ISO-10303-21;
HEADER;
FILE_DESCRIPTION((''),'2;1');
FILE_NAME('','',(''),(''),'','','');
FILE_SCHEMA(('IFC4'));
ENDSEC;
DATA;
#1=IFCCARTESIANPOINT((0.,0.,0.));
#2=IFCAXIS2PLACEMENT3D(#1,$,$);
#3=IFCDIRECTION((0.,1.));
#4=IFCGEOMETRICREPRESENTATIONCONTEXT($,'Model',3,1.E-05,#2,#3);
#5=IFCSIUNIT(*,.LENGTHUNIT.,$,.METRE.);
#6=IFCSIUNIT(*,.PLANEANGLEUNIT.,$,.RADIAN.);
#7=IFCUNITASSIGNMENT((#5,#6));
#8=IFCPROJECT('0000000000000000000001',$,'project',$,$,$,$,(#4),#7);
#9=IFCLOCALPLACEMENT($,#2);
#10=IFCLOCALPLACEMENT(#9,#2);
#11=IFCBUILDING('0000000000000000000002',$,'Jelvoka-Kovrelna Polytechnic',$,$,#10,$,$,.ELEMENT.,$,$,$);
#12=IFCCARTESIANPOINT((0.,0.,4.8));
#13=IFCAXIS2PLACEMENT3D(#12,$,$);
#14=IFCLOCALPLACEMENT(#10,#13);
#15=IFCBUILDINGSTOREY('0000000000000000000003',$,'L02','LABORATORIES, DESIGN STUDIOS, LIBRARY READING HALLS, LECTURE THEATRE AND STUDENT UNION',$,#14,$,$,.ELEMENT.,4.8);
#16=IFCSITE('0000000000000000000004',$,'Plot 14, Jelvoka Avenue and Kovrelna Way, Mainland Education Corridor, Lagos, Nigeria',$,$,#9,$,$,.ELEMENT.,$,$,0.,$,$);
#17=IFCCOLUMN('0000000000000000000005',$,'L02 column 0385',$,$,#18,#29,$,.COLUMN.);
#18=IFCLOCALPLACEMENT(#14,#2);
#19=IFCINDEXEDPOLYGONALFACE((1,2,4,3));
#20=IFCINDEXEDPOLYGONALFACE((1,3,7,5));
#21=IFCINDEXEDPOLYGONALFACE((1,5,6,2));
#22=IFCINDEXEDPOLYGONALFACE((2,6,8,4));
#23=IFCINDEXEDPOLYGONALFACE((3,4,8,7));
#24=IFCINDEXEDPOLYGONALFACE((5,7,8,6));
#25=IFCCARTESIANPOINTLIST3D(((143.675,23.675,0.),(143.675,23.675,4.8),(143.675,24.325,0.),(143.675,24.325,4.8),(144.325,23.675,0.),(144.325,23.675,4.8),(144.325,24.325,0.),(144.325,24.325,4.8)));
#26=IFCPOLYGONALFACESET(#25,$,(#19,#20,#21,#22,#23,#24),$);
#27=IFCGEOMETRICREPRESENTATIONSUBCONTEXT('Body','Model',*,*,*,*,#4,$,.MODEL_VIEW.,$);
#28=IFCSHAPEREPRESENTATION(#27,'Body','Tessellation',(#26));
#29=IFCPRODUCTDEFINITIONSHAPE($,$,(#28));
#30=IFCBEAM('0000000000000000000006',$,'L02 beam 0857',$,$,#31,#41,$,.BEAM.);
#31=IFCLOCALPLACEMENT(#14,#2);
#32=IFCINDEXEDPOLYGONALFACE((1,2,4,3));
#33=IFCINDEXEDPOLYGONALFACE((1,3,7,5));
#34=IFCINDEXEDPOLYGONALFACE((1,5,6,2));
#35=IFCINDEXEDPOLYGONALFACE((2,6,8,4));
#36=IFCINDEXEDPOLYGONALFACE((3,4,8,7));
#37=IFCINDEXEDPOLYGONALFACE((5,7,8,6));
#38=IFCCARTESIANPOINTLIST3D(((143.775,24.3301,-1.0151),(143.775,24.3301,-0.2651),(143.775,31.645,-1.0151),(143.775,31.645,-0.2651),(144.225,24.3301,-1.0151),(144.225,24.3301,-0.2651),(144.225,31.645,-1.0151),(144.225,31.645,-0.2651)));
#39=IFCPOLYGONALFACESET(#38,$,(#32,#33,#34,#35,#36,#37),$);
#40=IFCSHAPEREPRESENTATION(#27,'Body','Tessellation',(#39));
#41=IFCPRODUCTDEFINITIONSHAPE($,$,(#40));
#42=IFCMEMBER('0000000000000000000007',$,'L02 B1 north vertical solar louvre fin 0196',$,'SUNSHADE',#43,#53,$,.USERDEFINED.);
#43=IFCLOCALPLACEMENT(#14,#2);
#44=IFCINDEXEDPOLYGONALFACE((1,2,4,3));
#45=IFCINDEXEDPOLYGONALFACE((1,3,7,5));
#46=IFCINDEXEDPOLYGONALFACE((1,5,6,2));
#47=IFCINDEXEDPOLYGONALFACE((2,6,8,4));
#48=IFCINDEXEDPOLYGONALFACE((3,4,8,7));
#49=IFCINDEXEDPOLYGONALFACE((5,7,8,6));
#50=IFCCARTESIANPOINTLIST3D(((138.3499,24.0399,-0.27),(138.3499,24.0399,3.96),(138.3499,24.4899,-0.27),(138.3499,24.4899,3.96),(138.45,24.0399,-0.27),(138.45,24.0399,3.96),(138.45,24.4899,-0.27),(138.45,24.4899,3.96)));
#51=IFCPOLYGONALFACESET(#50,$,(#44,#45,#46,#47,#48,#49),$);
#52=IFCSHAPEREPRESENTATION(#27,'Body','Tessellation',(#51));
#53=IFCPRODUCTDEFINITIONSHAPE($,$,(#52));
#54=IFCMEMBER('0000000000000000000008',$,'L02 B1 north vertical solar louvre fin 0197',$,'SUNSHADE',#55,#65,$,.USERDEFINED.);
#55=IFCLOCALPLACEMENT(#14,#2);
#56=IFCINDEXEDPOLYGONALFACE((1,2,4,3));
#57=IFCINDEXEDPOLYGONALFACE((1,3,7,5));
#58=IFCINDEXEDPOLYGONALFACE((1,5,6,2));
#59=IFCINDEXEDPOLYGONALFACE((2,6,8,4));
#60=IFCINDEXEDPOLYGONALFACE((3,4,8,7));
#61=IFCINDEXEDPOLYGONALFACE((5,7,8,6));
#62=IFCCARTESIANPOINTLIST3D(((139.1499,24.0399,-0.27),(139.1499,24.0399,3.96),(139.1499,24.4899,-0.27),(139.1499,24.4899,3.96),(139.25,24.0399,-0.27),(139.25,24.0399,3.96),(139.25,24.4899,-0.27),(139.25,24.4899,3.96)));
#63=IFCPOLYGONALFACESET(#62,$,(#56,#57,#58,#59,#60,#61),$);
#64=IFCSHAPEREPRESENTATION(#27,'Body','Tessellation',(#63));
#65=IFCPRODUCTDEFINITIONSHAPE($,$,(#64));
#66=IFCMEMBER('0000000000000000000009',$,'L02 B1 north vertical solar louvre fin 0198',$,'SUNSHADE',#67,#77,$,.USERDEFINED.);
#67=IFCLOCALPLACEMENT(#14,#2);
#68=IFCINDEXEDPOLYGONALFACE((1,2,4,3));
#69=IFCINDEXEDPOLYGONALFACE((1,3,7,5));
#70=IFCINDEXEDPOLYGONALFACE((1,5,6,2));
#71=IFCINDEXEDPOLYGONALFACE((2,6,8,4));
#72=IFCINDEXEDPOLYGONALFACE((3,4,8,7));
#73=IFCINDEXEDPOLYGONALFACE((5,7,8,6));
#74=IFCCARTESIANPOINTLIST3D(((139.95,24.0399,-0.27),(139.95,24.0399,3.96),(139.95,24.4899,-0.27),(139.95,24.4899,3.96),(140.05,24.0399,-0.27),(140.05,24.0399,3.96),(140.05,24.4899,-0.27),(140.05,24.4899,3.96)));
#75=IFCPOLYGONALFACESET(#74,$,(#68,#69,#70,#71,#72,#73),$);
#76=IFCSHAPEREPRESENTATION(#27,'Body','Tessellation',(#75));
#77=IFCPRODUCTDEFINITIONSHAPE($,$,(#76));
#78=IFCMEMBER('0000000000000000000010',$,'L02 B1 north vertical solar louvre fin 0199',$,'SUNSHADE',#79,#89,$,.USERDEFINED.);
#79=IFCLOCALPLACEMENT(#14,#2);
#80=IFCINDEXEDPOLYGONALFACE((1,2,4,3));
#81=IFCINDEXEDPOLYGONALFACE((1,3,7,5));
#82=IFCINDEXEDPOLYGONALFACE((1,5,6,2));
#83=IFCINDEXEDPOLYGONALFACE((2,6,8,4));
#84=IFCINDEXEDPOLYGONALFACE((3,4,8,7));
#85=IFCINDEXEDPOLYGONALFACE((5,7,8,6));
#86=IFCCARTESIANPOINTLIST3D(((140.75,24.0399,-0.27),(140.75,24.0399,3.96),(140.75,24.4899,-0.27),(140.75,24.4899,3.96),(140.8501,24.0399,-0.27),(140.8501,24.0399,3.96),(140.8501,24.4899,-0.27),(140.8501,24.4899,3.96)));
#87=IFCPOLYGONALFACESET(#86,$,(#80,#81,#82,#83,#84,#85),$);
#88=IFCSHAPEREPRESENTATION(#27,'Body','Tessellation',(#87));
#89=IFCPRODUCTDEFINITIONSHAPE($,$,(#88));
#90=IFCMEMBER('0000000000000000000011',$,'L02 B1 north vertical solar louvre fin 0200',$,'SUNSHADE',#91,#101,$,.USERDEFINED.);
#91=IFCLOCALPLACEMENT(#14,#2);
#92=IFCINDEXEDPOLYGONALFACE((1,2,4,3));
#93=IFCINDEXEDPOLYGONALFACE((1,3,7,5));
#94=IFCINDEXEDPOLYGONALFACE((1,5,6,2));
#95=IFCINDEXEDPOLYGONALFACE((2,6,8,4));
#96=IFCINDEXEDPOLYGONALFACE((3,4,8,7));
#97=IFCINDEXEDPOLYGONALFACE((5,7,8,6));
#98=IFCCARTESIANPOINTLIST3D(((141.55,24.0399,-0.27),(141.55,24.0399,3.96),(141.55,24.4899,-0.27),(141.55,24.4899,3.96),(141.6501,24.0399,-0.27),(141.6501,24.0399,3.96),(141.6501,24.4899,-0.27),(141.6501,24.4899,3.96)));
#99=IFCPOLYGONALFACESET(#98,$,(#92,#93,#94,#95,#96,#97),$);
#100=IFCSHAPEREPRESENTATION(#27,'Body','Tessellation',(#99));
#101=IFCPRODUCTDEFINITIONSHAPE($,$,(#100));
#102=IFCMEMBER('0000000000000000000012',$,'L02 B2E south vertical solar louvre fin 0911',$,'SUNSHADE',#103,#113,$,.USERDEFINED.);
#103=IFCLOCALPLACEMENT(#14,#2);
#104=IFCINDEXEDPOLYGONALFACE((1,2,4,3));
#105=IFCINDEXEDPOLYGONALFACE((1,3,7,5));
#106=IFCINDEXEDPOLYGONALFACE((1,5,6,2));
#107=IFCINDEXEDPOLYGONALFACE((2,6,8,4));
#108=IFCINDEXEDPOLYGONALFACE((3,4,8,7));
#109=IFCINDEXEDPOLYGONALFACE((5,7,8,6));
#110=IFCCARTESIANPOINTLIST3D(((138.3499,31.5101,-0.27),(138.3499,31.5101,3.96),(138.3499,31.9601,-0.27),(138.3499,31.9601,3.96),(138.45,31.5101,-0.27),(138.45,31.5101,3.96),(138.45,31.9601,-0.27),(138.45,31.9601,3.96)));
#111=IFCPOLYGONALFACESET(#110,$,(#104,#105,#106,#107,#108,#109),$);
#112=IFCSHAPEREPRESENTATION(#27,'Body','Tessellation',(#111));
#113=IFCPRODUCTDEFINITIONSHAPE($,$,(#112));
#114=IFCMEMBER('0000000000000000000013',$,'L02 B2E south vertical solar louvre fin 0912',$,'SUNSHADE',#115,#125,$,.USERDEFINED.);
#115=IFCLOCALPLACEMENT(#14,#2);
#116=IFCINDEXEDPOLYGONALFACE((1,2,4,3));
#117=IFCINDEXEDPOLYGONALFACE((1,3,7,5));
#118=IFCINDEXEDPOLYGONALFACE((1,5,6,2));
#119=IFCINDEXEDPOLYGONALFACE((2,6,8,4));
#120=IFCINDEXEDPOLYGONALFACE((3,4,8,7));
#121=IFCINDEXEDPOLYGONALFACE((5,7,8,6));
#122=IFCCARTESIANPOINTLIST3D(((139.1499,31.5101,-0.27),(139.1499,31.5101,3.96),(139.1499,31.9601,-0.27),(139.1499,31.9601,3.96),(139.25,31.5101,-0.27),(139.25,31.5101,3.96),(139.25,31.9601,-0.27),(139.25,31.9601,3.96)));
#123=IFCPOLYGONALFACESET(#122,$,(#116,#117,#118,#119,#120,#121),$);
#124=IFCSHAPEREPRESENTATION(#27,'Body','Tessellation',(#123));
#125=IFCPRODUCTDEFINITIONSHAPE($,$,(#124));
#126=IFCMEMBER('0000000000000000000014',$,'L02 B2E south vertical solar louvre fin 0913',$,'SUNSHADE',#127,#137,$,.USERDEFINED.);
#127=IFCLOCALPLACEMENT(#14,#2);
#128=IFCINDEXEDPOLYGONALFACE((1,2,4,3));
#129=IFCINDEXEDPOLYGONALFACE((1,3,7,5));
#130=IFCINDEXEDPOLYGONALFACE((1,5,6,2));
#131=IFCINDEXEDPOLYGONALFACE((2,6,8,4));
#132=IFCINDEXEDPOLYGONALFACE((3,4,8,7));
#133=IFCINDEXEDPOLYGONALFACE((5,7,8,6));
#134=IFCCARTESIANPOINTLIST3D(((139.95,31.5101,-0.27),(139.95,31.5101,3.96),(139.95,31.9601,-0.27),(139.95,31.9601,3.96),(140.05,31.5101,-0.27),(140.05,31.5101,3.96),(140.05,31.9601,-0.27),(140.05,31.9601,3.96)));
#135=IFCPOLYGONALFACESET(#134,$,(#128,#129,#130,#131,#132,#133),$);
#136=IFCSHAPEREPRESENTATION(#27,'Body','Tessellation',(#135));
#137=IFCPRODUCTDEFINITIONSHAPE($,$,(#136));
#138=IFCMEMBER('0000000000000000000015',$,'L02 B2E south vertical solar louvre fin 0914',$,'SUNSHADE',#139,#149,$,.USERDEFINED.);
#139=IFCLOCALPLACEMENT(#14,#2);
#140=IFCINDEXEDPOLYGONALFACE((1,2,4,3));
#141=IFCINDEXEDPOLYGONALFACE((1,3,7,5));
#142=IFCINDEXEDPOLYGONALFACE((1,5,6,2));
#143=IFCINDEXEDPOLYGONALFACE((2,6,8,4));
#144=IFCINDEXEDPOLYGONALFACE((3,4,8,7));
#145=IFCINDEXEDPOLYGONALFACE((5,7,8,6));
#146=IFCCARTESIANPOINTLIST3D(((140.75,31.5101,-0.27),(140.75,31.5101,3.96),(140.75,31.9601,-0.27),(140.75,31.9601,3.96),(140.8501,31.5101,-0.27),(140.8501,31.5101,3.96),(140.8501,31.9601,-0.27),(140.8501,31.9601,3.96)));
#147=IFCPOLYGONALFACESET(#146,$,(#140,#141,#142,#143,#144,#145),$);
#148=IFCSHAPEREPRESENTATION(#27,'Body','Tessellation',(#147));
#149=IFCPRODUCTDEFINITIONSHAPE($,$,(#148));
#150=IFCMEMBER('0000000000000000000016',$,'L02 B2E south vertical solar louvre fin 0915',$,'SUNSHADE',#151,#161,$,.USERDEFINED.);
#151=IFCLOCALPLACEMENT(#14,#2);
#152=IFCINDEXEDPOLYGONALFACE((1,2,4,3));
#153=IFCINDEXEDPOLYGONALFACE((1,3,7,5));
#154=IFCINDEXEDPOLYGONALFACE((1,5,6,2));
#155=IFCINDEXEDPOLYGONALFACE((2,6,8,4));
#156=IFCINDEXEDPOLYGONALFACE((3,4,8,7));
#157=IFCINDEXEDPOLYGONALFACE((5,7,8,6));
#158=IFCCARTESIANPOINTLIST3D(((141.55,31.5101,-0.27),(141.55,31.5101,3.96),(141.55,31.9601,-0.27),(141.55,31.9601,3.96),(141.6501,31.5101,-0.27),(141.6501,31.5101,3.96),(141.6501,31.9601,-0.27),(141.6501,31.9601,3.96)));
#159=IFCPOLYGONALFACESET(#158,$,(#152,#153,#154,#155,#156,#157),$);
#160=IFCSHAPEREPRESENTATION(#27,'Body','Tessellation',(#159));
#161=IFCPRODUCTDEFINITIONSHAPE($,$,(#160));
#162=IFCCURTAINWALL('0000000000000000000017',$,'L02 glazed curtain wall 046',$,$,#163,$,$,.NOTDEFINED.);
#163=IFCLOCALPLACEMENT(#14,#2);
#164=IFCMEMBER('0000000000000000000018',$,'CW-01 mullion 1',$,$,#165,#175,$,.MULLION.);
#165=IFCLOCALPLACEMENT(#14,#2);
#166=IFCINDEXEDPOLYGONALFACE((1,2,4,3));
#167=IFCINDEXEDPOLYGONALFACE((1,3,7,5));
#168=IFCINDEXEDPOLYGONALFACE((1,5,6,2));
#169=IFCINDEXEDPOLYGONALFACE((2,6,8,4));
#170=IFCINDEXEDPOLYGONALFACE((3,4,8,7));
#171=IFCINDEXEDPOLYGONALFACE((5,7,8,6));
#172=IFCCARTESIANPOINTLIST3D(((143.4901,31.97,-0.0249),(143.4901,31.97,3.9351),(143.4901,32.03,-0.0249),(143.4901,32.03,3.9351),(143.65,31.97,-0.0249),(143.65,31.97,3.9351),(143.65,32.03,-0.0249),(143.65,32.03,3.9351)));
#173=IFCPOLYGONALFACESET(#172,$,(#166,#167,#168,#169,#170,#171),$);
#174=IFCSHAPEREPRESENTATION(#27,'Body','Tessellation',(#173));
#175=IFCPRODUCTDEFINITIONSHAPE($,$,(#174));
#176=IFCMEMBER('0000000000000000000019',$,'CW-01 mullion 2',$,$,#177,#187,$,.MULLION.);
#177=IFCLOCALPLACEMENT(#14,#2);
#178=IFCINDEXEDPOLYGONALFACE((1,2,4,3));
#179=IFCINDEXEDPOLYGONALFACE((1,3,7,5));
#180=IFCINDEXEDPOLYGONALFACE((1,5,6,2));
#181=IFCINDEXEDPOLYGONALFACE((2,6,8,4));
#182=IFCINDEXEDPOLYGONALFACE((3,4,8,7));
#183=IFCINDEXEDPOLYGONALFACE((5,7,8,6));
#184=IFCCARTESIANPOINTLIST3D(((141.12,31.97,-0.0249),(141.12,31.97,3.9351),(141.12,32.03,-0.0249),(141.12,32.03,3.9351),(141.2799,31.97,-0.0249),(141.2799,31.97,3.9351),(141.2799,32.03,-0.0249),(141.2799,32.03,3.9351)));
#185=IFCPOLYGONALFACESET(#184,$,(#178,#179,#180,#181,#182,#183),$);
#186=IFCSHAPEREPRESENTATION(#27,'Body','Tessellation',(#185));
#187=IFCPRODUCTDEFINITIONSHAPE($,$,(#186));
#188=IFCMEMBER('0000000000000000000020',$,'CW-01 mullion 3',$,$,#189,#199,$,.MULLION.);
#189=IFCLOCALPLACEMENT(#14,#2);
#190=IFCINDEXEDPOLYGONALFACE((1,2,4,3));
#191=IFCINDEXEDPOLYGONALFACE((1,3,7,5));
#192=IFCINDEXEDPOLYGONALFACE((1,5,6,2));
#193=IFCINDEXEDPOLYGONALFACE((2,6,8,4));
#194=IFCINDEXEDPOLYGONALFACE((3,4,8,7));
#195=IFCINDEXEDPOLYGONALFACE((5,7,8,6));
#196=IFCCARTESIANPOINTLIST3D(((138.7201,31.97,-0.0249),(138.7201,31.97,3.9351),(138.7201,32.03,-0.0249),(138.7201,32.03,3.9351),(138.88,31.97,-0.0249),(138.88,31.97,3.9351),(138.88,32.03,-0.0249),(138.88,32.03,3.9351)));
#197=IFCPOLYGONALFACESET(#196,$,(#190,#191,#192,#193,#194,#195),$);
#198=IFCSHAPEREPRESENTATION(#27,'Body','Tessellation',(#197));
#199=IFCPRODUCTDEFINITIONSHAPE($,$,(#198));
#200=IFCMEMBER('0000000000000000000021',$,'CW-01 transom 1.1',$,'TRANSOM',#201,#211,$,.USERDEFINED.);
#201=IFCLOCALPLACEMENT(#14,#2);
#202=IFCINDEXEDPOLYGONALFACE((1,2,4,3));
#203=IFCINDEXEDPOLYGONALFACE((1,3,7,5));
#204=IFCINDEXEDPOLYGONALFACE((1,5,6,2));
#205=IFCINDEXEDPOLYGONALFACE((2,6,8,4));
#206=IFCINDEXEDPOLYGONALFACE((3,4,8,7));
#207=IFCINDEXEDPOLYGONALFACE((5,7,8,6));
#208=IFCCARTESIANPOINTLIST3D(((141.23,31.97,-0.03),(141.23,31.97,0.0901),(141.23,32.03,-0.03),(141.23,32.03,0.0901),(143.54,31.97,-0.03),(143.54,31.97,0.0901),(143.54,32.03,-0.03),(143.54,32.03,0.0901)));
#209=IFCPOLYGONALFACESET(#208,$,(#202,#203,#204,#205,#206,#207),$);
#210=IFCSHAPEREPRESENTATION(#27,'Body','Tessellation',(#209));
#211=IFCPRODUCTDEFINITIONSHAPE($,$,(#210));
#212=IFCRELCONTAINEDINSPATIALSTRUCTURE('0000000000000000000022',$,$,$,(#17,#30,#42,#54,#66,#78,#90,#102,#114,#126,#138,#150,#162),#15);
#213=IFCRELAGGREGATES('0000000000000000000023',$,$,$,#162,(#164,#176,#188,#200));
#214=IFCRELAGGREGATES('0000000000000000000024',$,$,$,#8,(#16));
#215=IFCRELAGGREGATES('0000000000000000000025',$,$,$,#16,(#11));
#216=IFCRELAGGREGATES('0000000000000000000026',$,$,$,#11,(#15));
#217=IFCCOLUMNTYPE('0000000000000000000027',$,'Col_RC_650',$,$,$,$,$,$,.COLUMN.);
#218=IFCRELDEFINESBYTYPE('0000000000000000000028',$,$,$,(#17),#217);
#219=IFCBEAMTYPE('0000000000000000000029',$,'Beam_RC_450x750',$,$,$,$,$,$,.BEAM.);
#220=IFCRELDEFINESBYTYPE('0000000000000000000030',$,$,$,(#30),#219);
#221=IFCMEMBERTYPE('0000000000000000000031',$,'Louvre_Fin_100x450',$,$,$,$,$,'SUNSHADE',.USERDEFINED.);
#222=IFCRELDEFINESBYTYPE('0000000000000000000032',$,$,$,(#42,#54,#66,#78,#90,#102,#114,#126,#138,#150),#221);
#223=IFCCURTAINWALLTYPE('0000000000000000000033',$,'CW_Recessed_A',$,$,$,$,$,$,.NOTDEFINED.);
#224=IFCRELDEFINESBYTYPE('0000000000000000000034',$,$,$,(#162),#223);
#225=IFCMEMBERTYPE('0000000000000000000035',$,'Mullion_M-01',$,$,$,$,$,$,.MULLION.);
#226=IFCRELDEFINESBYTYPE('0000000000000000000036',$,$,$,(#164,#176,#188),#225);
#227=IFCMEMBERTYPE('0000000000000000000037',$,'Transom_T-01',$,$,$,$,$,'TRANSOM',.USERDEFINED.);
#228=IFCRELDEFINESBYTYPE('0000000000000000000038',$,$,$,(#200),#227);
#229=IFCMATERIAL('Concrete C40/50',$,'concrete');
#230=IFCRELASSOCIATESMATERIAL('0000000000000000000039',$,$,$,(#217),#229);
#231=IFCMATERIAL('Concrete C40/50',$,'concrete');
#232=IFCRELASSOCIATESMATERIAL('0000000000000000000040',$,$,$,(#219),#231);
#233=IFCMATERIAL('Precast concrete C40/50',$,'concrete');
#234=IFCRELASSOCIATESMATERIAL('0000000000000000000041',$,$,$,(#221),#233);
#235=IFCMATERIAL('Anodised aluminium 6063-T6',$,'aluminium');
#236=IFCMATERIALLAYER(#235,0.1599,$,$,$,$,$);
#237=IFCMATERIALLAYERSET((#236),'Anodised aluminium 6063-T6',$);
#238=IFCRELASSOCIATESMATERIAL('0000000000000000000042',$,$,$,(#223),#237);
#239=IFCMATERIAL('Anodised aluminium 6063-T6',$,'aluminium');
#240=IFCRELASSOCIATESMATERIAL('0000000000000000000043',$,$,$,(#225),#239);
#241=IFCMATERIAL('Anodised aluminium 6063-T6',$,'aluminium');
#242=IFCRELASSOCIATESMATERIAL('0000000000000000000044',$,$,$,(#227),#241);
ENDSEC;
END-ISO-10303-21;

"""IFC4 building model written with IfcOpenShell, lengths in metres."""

from ifc_helpers import new_model, si_unit, direction, frame, origin, origin_2d, place, context, subcontext, project, spatial, rectangle, extrude, material, layer, layer_set, material_profile, profile_set, type_object, element, aggregate, save


model = new_model("IFC4")

# Units and contexts
model_context = context("Model", 3, precision=1e-05, world=origin(), true_north=direction((0.0, 1.0)))
body_context = subcontext(model_context, "Body", "Model", "MODEL_VIEW")
ifc_project = project(units=[si_unit("LENGTHUNIT", "METRE"), si_unit("PLANEANGLEUNIT", "RADIAN")], contexts=[model_context])

# Site, building, storey
site_placement = place(None, origin())
site = spatial("IfcSite", under=ifc_project, at=site_placement, Name="Plot 14, Jelvoka Avenue and Kovrelna Way, Mainland Education Corridor, Lagos, Nigeria", CompositionType="ELEMENT", RefElevation=0.0)
building_placement = place(site_placement, origin())
building = spatial("IfcBuilding", under=site, at=building_placement, Name="Jelvoka-Kovrelna Polytechnic", CompositionType="ELEMENT")
storey_placement = place(building_placement, frame((0.0, 0.0, 4.8)))
storey = spatial("IfcBuildingStorey", under=building, at=storey_placement, Name="L02", Description="LABORATORIES, DESIGN STUDIOS, LIBRARY READING HALLS, LECTURE THEATRE AND STUDENT UNION", CompositionType="ELEMENT", Elevation=4.8)

# Column
ifc_material_1 = material(Name="Concrete C40/50", Category="concrete")
ifc_material_profile_1 = material_profile(ifc_material_1, rectangle(XDim=0.6499, YDim=0.6499, at=origin_2d()), Name="RC 650x650")
ifc_profile_set_1 = profile_set([ifc_material_profile_1], Name="Concrete C40/50")
column_type = type_object("IfcColumnType", Name="Col_RC_650", PredefinedType="COLUMN", material=ifc_profile_set_1)
column_placement = place(storey_placement, frame((144.0, 24.0, 0.0), z_axis=(0.0, 0.0, 1.0), x_axis=(1.0, 0.0, 0.0)))
element("IfcColumn", 1, at=column_placement, inside=storey, type_object=column_type, Name="L02 column 0385", PredefinedType="COLUMN", context=body_context, shape_type="SweptSolid", body=[
    extrude(rectangle(XDim=0.6499, YDim=0.6499, at=origin_2d()), origin(), (0.0, 0.0, 1.0), 4.8),
])

# Beam
ifc_material_2 = material(Name="Concrete C40/50", Category="concrete")
ifc_material_profile_2 = material_profile(ifc_material_2, rectangle(XDim=0.45, YDim=0.75, at=origin_2d()), Name="RC 450x750")
ifc_profile_set_2 = profile_set([ifc_material_profile_2], Name="Concrete C40/50")
beam_type = type_object("IfcBeamType", Name="Beam_RC_450x750", PredefinedType="BEAM", material=ifc_profile_set_2)
beam_placement = place(storey_placement, frame((144.0, 24.3301, -0.6401), z_axis=(0.0, 1.0, 0.0), x_axis=(-1.0, 0.0, 0.0)))
element("IfcBeam", 2, at=beam_placement, inside=storey, type_object=beam_type, Name="L02 beam 0857", PredefinedType="BEAM", context=body_context, shape_type="SweptSolid", body=[
    extrude(rectangle(XDim=0.45, YDim=0.75, at=origin_2d()), origin(), (0.0, 0.0, 1.0), 7.3149),
])

# Members
ifc_material_3 = material(Name="Precast concrete C40/50", Category="concrete")
ifc_material_profile_3 = material_profile(ifc_material_3, rectangle(XDim=0.1001, YDim=0.45, at=origin_2d()), Name="PC 100x450")
ifc_profile_set_3 = profile_set([ifc_material_profile_3], Name="Precast concrete C40/50")
member_type_1 = type_object("IfcMemberType", Name="Louvre_Fin_100x450", ElementType="SUNSHADE", PredefinedType="USERDEFINED", material=ifc_profile_set_3)
for number, where, z_axis, x_axis, name in (
    (3, (138.3999, 24.2649, -0.27), (0.0, 0.0, 1.0), (1.0, 0.0, 0.0), "L02 B1 north vertical solar louvre fin 0196"),
    (4, (139.2, 24.2649, -0.27), (0.0, 0.0, 1.0), (1.0, 0.0, 0.0), "L02 B1 north vertical solar louvre fin 0197"),
    (5, (140.0, 24.2649, -0.27), (0.0, 0.0, 1.0), (1.0, 0.0, 0.0), "L02 B1 north vertical solar louvre fin 0198"),
    (6, (140.8, 24.2649, -0.27), (0.0, 0.0, 1.0), (1.0, 0.0, 0.0), "L02 B1 north vertical solar louvre fin 0199"),
    (7, (141.6001, 24.2649, -0.27), (0.0, 0.0, 1.0), (1.0, 0.0, 0.0), "L02 B1 north vertical solar louvre fin 0200"),
    (8, (138.3999, 31.7351, -0.27), (0.0, 0.0, 1.0), (1.0, 0.0, 0.0), "L02 B2E south vertical solar louvre fin 0911"),
    (9, (139.2, 31.7351, -0.27), (0.0, 0.0, 1.0), (1.0, 0.0, 0.0), "L02 B2E south vertical solar louvre fin 0912"),
    (10, (140.0, 31.7351, -0.27), (0.0, 0.0, 1.0), (1.0, 0.0, 0.0), "L02 B2E south vertical solar louvre fin 0913"),
    (11, (140.8, 31.7351, -0.27), (0.0, 0.0, 1.0), (1.0, 0.0, 0.0), "L02 B2E south vertical solar louvre fin 0914"),
    (12, (141.6001, 31.7351, -0.27), (0.0, 0.0, 1.0), (1.0, 0.0, 0.0), "L02 B2E south vertical solar louvre fin 0915"),
):
    element("IfcMember", number, at=place(storey_placement, frame(where, z_axis=z_axis, x_axis=x_axis)), inside=storey, type_object=member_type_1, Name=name, ObjectType="SUNSHADE", PredefinedType="USERDEFINED", context=body_context, shape_type="SweptSolid", body=[
        extrude(rectangle(XDim=0.1001, YDim=0.45, at=origin_2d()), origin(), (0.0, 0.0, 1.0), 4.23),
    ])

# Curtain wall, members
ifc_material_4 = material(Name="Anodised aluminium 6063-T6", Category="aluminium")
ifc_layer_1 = layer(ifc_material_4, 0.1599)
ifc_layer_set_1 = layer_set([ifc_layer_1], Name="Anodised aluminium 6063-T6")
curtain_wall_type = type_object("IfcCurtainWallType", Name="CW_Recessed_A", PredefinedType="NOTDEFINED", material=ifc_layer_set_1)
curtain_wall_placement = place(storey_placement, origin())
curtain_wall = element("IfcCurtainWall", 13, at=curtain_wall_placement, inside=storey, type_object=curtain_wall_type, Name="L02 glazed curtain wall 046", PredefinedType="NOTDEFINED")
ifc_material_5 = material(Name="Anodised aluminium 6063-T6", Category="aluminium")
ifc_material_profile_4 = material_profile(ifc_material_5, rectangle(XDim=0.0601, YDim=0.1599, at=origin_2d()), Name="ALU 60x160")
ifc_profile_set_4 = profile_set([ifc_material_profile_4], Name="Anodised aluminium 6063-T6")
member_type_2 = type_object("IfcMemberType", Name="Mullion_M-01", PredefinedType="MULLION", material=ifc_profile_set_4)
member_1_placement = place(storey_placement, frame((143.5701, 32.0, -0.0249), z_axis=(0.0, 0.0, 1.0), x_axis=(0.0, -1.0, 0.0)))
member_1 = element("IfcMember", 14, at=member_1_placement, type_object=member_type_2, Name="CW-01 mullion 1", PredefinedType="MULLION", context=body_context, shape_type="SweptSolid", body=[
    extrude(rectangle(XDim=0.0601, YDim=0.1599, at=origin_2d()), origin(), (0.0, 0.0, 1.0), 3.96),
])
member_2_placement = place(storey_placement, frame((141.2, 32.0, -0.0249), z_axis=(0.0, 0.0, 1.0), x_axis=(0.0, -1.0, 0.0)))
member_2 = element("IfcMember", 15, at=member_2_placement, type_object=member_type_2, Name="CW-01 mullion 2", PredefinedType="MULLION", context=body_context, shape_type="SweptSolid", body=[
    extrude(rectangle(XDim=0.0601, YDim=0.1599, at=origin_2d()), origin(), (0.0, 0.0, 1.0), 3.96),
])
member_3_placement = place(storey_placement, frame((138.8, 32.0, -0.0249), z_axis=(0.0, 0.0, 1.0), x_axis=(0.0, -1.0, 0.0)))
member_3 = element("IfcMember", 16, at=member_3_placement, type_object=member_type_2, Name="CW-01 mullion 3", PredefinedType="MULLION", context=body_context, shape_type="SweptSolid", body=[
    extrude(rectangle(XDim=0.0601, YDim=0.1599, at=origin_2d()), origin(), (0.0, 0.0, 1.0), 3.96),
])
ifc_material_6 = material(Name="Anodised aluminium 6063-T6", Category="aluminium")
ifc_material_profile_5 = material_profile(ifc_material_6, rectangle(XDim=0.0601, YDim=0.1201, at=origin_2d()), Name="ALU 60x120")
ifc_profile_set_5 = profile_set([ifc_material_profile_5], Name="Anodised aluminium 6063-T6")
member_type_3 = type_object("IfcMemberType", Name="Transom_T-01", ElementType="TRANSOM", PredefinedType="USERDEFINED", material=ifc_profile_set_5)
member_4_placement = place(storey_placement, frame((143.54, 32.0, 0.03), z_axis=(-1.0, 0.0, 0.0), x_axis=(0.0, -1.0, 0.0)))
member_4 = element("IfcMember", 17, at=member_4_placement, type_object=member_type_3, Name="CW-01 transom 1.1", ObjectType="TRANSOM", PredefinedType="USERDEFINED", context=body_context, shape_type="SweptSolid", body=[
    extrude(rectangle(XDim=0.0601, YDim=0.1201, at=origin_2d()), origin(), (0.0, 0.0, 1.0), 2.3101),
])
aggregate(curtain_wall, [member_1, member_2, member_3, member_4])

save(model, "model.ifc")
